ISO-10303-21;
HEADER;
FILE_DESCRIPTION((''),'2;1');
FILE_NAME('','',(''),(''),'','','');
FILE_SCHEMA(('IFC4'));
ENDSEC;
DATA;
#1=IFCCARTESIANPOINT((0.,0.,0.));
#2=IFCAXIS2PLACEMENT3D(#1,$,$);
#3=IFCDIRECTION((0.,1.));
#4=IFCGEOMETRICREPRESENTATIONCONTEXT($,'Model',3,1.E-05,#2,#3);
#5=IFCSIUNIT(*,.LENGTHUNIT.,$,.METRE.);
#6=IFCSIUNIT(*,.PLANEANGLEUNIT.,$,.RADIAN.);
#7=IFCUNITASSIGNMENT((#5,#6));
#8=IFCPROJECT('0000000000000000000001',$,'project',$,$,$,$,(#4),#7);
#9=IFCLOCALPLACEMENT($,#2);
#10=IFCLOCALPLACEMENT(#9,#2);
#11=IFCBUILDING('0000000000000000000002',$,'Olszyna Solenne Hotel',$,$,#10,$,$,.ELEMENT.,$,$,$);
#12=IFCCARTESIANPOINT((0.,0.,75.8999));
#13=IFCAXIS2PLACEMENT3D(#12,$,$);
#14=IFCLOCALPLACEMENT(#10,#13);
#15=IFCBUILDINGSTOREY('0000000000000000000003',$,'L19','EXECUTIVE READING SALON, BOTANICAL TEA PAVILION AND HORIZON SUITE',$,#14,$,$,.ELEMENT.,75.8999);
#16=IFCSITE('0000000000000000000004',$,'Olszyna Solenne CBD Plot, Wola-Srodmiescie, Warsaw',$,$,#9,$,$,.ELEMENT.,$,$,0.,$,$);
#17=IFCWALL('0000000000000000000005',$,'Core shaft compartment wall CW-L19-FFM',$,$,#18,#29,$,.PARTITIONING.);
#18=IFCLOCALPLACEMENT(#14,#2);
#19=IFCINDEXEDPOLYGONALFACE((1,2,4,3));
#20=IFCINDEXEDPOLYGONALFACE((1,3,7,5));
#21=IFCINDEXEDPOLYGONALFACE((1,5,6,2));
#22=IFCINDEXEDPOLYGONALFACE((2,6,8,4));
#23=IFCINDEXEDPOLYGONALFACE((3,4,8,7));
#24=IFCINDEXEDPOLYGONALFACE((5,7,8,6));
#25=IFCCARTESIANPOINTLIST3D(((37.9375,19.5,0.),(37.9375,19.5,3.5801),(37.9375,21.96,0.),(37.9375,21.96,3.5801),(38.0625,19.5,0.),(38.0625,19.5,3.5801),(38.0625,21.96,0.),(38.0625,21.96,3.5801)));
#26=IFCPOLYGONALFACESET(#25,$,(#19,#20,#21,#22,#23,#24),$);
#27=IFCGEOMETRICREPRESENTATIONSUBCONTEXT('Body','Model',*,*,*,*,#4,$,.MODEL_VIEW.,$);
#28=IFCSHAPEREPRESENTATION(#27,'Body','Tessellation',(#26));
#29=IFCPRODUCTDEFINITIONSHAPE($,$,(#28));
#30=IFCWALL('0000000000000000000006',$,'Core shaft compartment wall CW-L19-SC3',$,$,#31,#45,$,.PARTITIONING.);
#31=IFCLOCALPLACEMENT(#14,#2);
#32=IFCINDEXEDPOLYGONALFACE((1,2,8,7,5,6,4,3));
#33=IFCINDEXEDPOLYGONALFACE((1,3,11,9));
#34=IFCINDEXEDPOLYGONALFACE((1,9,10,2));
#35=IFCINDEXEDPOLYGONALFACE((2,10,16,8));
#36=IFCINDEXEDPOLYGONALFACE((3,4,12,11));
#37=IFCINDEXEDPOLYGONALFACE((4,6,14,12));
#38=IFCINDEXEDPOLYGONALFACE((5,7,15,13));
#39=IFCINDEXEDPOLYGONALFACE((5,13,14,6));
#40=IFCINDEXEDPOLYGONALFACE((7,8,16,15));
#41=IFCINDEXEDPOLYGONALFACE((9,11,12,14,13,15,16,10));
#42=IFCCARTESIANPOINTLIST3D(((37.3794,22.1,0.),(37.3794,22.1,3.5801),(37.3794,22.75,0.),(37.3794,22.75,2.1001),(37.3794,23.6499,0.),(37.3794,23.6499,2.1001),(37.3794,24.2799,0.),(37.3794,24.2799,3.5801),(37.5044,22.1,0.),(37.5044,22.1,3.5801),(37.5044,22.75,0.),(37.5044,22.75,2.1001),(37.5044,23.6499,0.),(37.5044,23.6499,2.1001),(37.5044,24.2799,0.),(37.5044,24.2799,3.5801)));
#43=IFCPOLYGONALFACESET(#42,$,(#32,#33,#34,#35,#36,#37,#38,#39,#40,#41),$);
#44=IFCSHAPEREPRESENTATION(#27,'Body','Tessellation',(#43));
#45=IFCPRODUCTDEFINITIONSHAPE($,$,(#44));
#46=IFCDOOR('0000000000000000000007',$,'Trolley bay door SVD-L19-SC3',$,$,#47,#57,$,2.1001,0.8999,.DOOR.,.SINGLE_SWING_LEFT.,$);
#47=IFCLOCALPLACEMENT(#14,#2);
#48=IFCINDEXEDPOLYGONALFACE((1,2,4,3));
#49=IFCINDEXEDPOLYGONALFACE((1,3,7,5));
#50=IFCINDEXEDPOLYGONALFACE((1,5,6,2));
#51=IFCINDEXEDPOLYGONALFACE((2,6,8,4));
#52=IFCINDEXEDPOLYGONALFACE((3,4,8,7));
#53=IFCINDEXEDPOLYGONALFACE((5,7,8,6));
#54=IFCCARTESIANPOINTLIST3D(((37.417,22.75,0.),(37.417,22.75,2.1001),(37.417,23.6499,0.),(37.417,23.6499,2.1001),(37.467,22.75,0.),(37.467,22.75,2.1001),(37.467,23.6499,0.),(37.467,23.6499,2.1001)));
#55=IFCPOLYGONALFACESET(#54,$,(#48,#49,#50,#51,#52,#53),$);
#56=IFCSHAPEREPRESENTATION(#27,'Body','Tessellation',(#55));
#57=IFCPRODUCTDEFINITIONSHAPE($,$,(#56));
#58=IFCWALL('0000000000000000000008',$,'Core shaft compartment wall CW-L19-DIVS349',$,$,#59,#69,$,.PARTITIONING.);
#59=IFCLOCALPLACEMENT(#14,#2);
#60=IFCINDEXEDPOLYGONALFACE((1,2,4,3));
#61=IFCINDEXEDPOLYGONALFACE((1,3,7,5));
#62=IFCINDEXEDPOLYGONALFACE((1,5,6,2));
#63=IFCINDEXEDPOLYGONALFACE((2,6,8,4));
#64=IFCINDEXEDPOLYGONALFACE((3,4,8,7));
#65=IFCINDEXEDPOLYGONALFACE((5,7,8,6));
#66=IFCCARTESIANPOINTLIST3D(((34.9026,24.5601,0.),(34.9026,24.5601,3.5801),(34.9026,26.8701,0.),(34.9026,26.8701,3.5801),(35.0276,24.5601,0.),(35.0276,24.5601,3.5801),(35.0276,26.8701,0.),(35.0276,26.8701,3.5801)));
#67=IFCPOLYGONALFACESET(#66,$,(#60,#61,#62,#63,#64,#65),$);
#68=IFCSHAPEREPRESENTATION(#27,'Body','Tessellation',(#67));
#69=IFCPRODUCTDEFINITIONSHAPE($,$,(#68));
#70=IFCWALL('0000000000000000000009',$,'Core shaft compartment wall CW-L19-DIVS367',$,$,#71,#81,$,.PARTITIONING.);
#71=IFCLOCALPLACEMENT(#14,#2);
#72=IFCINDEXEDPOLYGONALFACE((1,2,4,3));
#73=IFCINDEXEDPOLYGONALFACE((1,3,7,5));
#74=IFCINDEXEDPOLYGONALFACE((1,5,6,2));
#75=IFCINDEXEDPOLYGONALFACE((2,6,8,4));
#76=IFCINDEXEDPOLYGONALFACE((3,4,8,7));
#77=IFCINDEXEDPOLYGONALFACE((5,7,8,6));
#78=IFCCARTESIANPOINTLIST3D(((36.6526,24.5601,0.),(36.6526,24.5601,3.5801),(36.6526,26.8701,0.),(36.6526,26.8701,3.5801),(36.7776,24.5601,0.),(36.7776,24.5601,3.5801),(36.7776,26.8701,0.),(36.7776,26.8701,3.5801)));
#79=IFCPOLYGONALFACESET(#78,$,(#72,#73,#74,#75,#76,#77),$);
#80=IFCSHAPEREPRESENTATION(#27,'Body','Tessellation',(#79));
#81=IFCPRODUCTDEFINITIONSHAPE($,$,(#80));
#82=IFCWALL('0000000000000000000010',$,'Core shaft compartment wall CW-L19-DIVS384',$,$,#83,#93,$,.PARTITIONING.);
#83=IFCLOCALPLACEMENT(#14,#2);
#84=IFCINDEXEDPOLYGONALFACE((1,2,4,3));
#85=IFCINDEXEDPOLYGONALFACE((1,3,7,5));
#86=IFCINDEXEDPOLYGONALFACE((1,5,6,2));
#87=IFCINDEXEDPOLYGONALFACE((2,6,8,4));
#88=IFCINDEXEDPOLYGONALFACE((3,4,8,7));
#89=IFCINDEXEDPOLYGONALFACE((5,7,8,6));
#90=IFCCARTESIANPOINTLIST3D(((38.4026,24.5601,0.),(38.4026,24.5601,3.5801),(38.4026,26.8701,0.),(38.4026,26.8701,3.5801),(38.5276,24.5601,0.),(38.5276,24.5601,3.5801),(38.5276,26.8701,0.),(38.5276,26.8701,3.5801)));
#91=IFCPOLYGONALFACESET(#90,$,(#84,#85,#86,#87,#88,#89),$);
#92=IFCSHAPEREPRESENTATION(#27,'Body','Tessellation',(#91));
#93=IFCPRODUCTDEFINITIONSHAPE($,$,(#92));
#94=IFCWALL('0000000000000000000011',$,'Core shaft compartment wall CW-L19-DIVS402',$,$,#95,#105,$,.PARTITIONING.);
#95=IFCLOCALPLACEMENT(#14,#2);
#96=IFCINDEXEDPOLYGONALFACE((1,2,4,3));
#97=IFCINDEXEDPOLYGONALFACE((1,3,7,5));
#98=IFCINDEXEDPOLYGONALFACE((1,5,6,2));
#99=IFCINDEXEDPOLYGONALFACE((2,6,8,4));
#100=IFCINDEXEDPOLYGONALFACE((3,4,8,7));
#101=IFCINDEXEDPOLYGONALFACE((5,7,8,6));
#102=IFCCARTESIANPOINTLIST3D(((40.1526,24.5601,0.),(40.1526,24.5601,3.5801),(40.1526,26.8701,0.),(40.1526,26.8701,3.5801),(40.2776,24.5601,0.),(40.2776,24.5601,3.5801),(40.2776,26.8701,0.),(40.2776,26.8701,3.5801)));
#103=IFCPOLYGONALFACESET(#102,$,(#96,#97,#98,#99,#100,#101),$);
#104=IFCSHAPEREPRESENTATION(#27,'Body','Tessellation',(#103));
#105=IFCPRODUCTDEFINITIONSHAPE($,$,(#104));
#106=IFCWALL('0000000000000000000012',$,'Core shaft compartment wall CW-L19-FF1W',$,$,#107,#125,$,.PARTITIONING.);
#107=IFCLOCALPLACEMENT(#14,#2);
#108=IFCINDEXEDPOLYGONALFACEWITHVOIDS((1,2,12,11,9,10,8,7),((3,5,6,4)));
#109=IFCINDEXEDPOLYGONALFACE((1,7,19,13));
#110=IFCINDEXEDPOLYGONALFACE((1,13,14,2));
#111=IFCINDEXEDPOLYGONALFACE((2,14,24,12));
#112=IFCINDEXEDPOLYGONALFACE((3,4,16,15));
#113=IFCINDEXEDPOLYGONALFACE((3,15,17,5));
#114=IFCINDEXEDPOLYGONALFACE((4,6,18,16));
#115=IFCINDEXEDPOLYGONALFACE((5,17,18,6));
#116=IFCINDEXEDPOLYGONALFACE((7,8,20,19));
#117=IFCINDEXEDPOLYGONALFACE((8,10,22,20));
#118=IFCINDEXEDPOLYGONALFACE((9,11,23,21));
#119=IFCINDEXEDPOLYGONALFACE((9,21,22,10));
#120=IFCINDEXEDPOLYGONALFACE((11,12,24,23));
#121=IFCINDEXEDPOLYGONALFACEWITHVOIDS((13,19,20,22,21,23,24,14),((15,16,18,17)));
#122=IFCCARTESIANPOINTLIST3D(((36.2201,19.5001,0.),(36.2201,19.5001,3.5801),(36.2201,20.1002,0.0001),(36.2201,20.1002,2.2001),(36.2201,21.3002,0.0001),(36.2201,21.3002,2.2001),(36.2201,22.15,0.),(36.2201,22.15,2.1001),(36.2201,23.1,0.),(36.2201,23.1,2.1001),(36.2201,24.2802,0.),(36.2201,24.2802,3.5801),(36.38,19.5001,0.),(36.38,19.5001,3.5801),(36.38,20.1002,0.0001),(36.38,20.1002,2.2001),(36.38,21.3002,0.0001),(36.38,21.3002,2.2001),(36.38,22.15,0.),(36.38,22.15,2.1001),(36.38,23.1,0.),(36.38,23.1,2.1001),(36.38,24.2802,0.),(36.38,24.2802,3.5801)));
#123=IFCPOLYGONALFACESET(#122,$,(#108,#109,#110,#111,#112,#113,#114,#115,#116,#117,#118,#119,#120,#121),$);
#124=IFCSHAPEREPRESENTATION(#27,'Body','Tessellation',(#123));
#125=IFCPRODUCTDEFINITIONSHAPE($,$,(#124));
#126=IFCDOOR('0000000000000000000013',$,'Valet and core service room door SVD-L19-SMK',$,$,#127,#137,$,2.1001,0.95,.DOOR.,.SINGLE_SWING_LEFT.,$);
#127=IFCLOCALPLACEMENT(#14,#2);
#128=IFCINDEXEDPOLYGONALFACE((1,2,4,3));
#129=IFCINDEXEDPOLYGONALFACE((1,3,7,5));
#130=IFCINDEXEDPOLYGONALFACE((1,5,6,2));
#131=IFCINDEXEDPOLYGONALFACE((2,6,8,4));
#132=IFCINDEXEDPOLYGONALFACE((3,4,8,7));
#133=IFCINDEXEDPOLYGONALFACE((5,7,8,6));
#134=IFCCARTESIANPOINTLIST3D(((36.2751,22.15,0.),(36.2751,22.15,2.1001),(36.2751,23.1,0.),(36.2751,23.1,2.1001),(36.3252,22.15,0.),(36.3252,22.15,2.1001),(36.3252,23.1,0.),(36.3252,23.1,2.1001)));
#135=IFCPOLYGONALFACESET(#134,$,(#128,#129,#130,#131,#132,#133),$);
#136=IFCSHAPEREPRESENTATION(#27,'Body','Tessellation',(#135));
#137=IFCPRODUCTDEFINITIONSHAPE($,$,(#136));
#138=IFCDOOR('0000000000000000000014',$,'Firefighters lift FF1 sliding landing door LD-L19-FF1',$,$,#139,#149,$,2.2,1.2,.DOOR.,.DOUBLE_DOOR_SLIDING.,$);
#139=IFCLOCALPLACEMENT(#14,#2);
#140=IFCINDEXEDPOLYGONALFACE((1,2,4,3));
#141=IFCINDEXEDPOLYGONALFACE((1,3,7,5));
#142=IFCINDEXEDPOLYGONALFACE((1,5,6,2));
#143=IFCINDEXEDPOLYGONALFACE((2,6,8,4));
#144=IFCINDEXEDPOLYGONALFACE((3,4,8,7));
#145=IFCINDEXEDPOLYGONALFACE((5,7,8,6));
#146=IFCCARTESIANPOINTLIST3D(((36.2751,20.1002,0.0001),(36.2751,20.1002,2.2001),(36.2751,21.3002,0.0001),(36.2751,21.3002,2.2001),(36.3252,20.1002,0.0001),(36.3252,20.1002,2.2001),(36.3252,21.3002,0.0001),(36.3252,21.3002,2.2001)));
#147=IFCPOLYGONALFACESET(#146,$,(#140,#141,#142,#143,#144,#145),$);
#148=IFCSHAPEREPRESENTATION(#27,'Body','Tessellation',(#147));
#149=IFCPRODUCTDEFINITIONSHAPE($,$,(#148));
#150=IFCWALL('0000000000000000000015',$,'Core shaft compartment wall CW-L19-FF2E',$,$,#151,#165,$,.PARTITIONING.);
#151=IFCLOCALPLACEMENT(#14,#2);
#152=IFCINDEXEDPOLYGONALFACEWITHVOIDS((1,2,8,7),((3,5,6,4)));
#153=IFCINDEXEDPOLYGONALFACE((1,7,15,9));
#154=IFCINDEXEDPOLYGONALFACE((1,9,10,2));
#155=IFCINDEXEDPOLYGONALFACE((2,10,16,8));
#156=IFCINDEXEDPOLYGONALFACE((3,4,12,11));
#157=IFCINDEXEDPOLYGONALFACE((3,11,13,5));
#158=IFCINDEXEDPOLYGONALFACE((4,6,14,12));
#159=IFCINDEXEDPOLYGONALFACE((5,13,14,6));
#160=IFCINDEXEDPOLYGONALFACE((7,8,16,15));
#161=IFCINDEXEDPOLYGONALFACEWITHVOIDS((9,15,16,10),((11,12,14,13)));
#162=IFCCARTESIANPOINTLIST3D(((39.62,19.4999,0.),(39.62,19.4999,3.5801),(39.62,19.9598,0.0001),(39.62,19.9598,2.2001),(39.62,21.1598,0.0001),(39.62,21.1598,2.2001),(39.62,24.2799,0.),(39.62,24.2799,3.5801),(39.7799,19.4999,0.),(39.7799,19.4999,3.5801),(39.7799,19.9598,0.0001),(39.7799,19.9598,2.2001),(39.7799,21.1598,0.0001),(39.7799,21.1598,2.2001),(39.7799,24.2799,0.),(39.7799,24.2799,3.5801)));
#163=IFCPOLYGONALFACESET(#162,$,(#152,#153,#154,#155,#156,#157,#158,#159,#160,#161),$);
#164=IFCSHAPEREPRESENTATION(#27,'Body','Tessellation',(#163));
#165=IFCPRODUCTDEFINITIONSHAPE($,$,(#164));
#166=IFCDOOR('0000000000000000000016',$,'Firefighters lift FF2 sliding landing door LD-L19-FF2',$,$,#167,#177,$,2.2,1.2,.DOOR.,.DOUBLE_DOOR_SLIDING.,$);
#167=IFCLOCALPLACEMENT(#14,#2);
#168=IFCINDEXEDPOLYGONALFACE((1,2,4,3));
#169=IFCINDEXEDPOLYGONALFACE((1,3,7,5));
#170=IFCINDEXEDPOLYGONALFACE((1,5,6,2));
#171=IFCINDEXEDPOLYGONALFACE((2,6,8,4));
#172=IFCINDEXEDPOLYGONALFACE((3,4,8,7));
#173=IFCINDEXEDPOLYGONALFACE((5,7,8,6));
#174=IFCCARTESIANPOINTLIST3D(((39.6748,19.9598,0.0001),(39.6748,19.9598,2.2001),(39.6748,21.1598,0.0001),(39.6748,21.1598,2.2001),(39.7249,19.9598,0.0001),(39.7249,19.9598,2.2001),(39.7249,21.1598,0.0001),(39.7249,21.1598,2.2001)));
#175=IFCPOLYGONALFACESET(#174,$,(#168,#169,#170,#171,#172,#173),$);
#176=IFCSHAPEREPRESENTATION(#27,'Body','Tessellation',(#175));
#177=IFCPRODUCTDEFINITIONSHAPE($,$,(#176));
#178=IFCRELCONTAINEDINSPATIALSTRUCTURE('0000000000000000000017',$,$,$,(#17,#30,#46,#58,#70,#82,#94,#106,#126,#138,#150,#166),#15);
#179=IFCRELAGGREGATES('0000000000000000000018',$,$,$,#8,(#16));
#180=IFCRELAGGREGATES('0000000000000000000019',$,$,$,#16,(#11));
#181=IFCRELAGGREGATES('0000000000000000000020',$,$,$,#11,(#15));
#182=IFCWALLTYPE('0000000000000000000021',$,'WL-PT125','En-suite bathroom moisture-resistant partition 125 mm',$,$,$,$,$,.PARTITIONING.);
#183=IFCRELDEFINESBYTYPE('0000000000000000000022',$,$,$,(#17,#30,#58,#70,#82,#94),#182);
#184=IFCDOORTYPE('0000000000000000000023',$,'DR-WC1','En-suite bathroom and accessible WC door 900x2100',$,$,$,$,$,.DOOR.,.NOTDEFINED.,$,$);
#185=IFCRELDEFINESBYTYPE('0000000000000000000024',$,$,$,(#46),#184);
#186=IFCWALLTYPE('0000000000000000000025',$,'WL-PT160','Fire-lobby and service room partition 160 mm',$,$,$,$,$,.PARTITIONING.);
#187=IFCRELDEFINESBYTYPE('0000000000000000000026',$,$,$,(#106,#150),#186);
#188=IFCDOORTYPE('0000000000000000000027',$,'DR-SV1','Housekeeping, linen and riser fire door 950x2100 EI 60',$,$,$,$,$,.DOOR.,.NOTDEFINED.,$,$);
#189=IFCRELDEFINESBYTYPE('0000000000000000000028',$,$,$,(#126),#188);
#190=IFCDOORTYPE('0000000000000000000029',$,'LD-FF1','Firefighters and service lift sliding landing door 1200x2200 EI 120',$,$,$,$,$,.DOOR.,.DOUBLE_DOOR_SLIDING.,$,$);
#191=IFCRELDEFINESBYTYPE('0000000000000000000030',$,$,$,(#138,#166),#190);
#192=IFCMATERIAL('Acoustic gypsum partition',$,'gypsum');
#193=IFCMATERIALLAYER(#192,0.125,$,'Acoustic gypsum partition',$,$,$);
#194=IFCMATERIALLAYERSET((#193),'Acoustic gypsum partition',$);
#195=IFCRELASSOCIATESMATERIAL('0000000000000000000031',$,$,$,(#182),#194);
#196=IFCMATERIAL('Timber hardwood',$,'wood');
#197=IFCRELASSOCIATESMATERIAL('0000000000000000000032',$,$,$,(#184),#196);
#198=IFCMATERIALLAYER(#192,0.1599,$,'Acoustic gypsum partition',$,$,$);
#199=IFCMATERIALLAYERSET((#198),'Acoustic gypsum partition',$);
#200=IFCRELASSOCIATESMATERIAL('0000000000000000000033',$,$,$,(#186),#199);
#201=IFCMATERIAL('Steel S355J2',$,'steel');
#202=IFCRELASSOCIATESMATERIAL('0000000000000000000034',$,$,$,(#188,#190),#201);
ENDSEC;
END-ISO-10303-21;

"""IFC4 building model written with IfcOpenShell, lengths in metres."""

from ifc_helpers import new_model, si_unit, direction, frame, frame_2d, origin, place, context, subcontext, project, spatial, rectangle, extrude, source, transform, mapped, material, layer, layer_set, type_object, type_shapes, element, fill, save


model = new_model("IFC4")

# Units and contexts
model_context = context("Model", 3, precision=1e-05, world=origin(), true_north=direction((0.0, 1.0)))
body_context = subcontext(model_context, "Body", "Model", "MODEL_VIEW")
ifc_project = project(units=[si_unit("LENGTHUNIT", "METRE"), si_unit("PLANEANGLEUNIT", "RADIAN")], contexts=[model_context])

# Site, building, storey
site_placement = place(None, origin())
site = spatial("IfcSite", under=ifc_project, at=site_placement, Name="Olszyna Solenne CBD Plot, Wola-Srodmiescie, Warsaw", CompositionType="ELEMENT", RefElevation=0.0)
building_placement = place(site_placement, origin())
building = spatial("IfcBuilding", under=site, at=building_placement, Name="Olszyna Solenne Hotel", CompositionType="ELEMENT")
storey_placement = place(building_placement, frame((0.0, 0.0, 75.8999)))
storey = spatial("IfcBuildingStorey", under=building, at=storey_placement, Name="L19", Description="EXECUTIVE READING SALON, BOTANICAL TEA PAVILION AND HORIZON SUITE", CompositionType="ELEMENT", Elevation=75.8999)

# Wall
ifc_material_1 = material(Name="Acoustic gypsum partition", Category="gypsum")
ifc_layer_1 = layer(ifc_material_1, 0.125, Name="Acoustic gypsum partition")
ifc_layer_set_1 = layer_set([ifc_layer_1], Name="Acoustic gypsum partition")
wall_type_1 = type_object("IfcWallType", Name="WL-PT125", Description="En-suite bathroom moisture-resistant partition 125 mm", PredefinedType="PARTITIONING", material=ifc_layer_set_1)
wall_1_placement = place(storey_placement, frame((38.0, 19.5, 0.0), z_axis=(0.0, 0.0, 1.0), x_axis=(0.0, 1.0, 0.0)))
element("IfcWall", 1, at=wall_1_placement, inside=storey, type_object=wall_type_1, Name="Core shaft compartment wall CW-L19-FFM", PredefinedType="PARTITIONING", context=body_context, shape_type="SweptSolid", body=[
    extrude(rectangle(XDim=2.46, YDim=0.125, at=frame_2d((1.23, 0.0))), origin(), (0.0, 0.0, 1.0), 3.5801),
])

# Wall, opening, door
wall_2_placement = place(storey_placement, frame((37.4419, 22.1001, 0.0), z_axis=(0.0, 0.0, 1.0), x_axis=(0.0, 1.0, 0.0)))
wall_2 = element("IfcWall", 2, at=wall_2_placement, inside=storey, type_object=wall_type_1, Name="Core shaft compartment wall CW-L19-SC3", PredefinedType="PARTITIONING", context=body_context, shape_type="SweptSolid", body=[
    extrude(rectangle(XDim=2.1799, YDim=0.125, at=frame_2d((1.0898, 0.0))), origin(), (0.0, 0.0, 1.0), 3.5801),
])
opening_1_placement = place(wall_2_placement, frame((0.6499, 0.0, 0.0)))
opening_1 = element("IfcOpeningElement", 3, at=opening_1_placement, cuts=wall_2, PredefinedType="OPENING", context=body_context, shape_type="SweptSolid", body=[
    extrude(rectangle(XDim=0.8999, YDim=2.1001, at=frame_2d((0.45, 1.05))), frame((0.0, 0.0725, 0.0), z_axis=(0.0, -1.0, 0.0), x_axis=(1.0, 0.0, 0.0)), (0.0, 0.0, 1.0), 0.145),
])
ifc_material_2 = material(Name="Timber hardwood", Category="wood")
door_type_1 = type_object("IfcDoorType", Name="DR-WC1", Description="En-suite bathroom and accessible WC door 900x2100", OperationType="NOTDEFINED", PredefinedType="DOOR", material=ifc_material_2)
shared_shape_1 = source(origin(), body_context, "Body", "SweptSolid", [
    extrude(rectangle(XDim=0.8999, YDim=2.1001, at=frame_2d((0.45, 1.05))), frame((0.0, 0.0249, 0.0), z_axis=(0.0, -1.0, 0.0), x_axis=(1.0, 0.0, 0.0)), (0.0, 0.0, 1.0), 0.05),
])
type_shapes(door_type_1, [shared_shape_1])
door_1_placement = place(opening_1_placement, origin())
door_1 = element("IfcDoor", 4, at=door_1_placement, inside=storey, type_object=door_type_1, Name="Trolley bay door SVD-L19-SC3", OperationType="SINGLE_SWING_LEFT", OverallHeight=2.1001, OverallWidth=0.8999, PredefinedType="DOOR", context=body_context, shape_type="MappedRepresentation", body=[
    mapped(shared_shape_1, transform((0.0, 0.0, 0.0), x_axis=(1.0, 0.0, 0.0), y_axis=(0.0, 1.0, 0.0), z_axis=(0.0, 0.0, 1.0), scale=1.0)),
])
fill(opening_1, door_1)

# Walls
for number, where, z_axis, x_axis, name in (
    (5, (34.9651, 24.5601, 0.0), (0.0, 0.0, 1.0), (0.0, 1.0, 0.0), "Core shaft compartment wall CW-L19-DIVS349"),
    (6, (36.7151, 24.5601, 0.0), (0.0, 0.0, 1.0), (0.0, 1.0, 0.0), "Core shaft compartment wall CW-L19-DIVS367"),
    (7, (38.4651, 24.5601, 0.0), (0.0, 0.0, 1.0), (0.0, 1.0, 0.0), "Core shaft compartment wall CW-L19-DIVS384"),
    (8, (40.2151, 24.5601, 0.0), (0.0, 0.0, 1.0), (0.0, 1.0, 0.0), "Core shaft compartment wall CW-L19-DIVS402"),
):
    element("IfcWall", number, at=place(storey_placement, frame(where, z_axis=z_axis, x_axis=x_axis)), inside=storey, type_object=wall_type_1, Name=name, PredefinedType="PARTITIONING", context=body_context, shape_type="SweptSolid", body=[
        extrude(rectangle(XDim=2.3101, YDim=0.125, at=frame_2d((1.155, 0.0))), origin(), (0.0, 0.0, 1.0), 3.5801),
    ])

# Wall, openings, doors
ifc_layer_2 = layer(ifc_material_1, 0.1599, Name="Acoustic gypsum partition")
ifc_layer_set_2 = layer_set([ifc_layer_2], Name="Acoustic gypsum partition")
wall_type_2 = type_object("IfcWallType", Name="WL-PT160", Description="Fire-lobby and service room partition 160 mm", PredefinedType="PARTITIONING", material=ifc_layer_set_2)
wall_3_placement = place(storey_placement, frame((36.3, 19.5, 0.0), z_axis=(0.0, 0.0, 1.0), x_axis=(0.0, 1.0, 0.0)))
wall_3 = element("IfcWall", 9, at=wall_3_placement, inside=storey, type_object=wall_type_2, Name="Core shaft compartment wall CW-L19-FF1W", PredefinedType="PARTITIONING", context=body_context, shape_type="SweptSolid", body=[
    extrude(rectangle(XDim=4.78, YDim=0.1599, at=frame_2d((2.3901, 0.0))), origin(), (0.0, 0.0, 1.0), 3.5801),
])
opening_2_placement = place(wall_3_placement, frame((0.6001, 0.0, 0.0)))
opening_2 = element("IfcOpeningElement", 10, at=opening_2_placement, cuts=wall_3, PredefinedType="OPENING", context=body_context, shape_type="SweptSolid", body=[
    extrude(rectangle(XDim=1.2, YDim=2.2, at=frame_2d((0.6001, 1.1001))), frame((0.0, 0.0898, 0.0), z_axis=(0.0, -1.0, 0.0), x_axis=(1.0, 0.0, 0.0)), (0.0, 0.0, 1.0), 0.1799),
])
opening_3_placement = place(wall_3_placement, frame((2.6499, 0.0, 0.0)))
opening_3 = element("IfcOpeningElement", 11, at=opening_3_placement, cuts=wall_3, PredefinedType="OPENING", context=body_context, shape_type="SweptSolid", body=[
    extrude(rectangle(XDim=0.95, YDim=2.1001, at=frame_2d((0.4751, 1.05))), frame((0.0, 0.0898, 0.0), z_axis=(0.0, -1.0, 0.0), x_axis=(1.0, 0.0, 0.0)), (0.0, 0.0, 1.0), 0.1799),
])
ifc_material_3 = material(Name="Steel S355J2", Category="steel")
door_type_2 = type_object("IfcDoorType", Name="DR-SV1", Description="Housekeeping, linen and riser fire door 950x2100 EI 60", OperationType="NOTDEFINED", PredefinedType="DOOR", material=ifc_material_3)
shared_shape_2 = source(origin(), body_context, "Body", "SweptSolid", [
    extrude(rectangle(XDim=0.95, YDim=2.1001, at=frame_2d((0.4751, 1.05))), frame((0.0, 0.0249, 0.0), z_axis=(0.0, -1.0, 0.0), x_axis=(1.0, 0.0, 0.0)), (0.0, 0.0, 1.0), 0.05),
])
type_shapes(door_type_2, [shared_shape_2])
door_2_placement = place(opening_3_placement, origin())
door_2 = element("IfcDoor", 12, at=door_2_placement, inside=storey, type_object=door_type_2, Name="Valet and core service room door SVD-L19-SMK", OperationType="SINGLE_SWING_LEFT", OverallHeight=2.1001, OverallWidth=0.95, PredefinedType="DOOR", context=body_context, shape_type="MappedRepresentation", body=[
    mapped(shared_shape_2, transform((0.0, 0.0, 0.0), x_axis=(1.0, 0.0, 0.0), y_axis=(0.0, 1.0, 0.0), z_axis=(0.0, 0.0, 1.0), scale=1.0)),
])
fill(opening_3, door_2)
door_type_3 = type_object("IfcDoorType", Name="LD-FF1", Description="Firefighters and service lift sliding landing door 1200x2200 EI 120", OperationType="DOUBLE_DOOR_SLIDING", PredefinedType="DOOR", material=ifc_material_3)
shared_shape_3 = source(origin(), body_context, "Body", "SweptSolid", [
    extrude(rectangle(XDim=1.2, YDim=2.2, at=frame_2d((0.6001, 1.1001))), frame((0.0, 0.0249, 0.0), z_axis=(0.0, -1.0, 0.0), x_axis=(1.0, 0.0, 0.0)), (0.0, 0.0, 1.0), 0.05),
])
type_shapes(door_type_3, [shared_shape_3])
door_3_placement = place(opening_2_placement, origin())
door_3 = element("IfcDoor", 13, at=door_3_placement, inside=storey, type_object=door_type_3, Name="Firefighters lift FF1 sliding landing door LD-L19-FF1", OperationType="DOUBLE_DOOR_SLIDING", OverallHeight=2.2, OverallWidth=1.2, PredefinedType="DOOR", context=body_context, shape_type="MappedRepresentation", body=[
    mapped(shared_shape_3, transform((0.0, 0.0, 0.0), x_axis=(1.0, 0.0, 0.0), y_axis=(0.0, 1.0, 0.0), z_axis=(0.0, 0.0, 1.0), scale=1.0)),
])
fill(opening_2, door_3)

# Wall, opening, door
wall_4_placement = place(storey_placement, frame((39.7, 24.28, 0.0), z_axis=(0.0, 0.0, 1.0), x_axis=(0.0, -1.0, 0.0)))
wall_4 = element("IfcWall", 14, at=wall_4_placement, inside=storey, type_object=wall_type_2, Name="Core shaft compartment wall CW-L19-FF2E", PredefinedType="PARTITIONING", context=body_context, shape_type="SweptSolid", body=[
    extrude(rectangle(XDim=4.78, YDim=0.1599, at=frame_2d((2.3901, 0.0))), origin(), (0.0, 0.0, 1.0), 3.5801),
])
opening_4_placement = place(wall_4_placement, frame((3.1201, 0.0, 0.0)))
opening_4 = element("IfcOpeningElement", 15, at=opening_4_placement, cuts=wall_4, PredefinedType="OPENING", context=body_context, shape_type="SweptSolid", body=[
    extrude(rectangle(XDim=1.2, YDim=2.2, at=frame_2d((0.6001, 1.1001))), frame((0.0, 0.0898, 0.0), z_axis=(0.0, -1.0, 0.0), x_axis=(1.0, 0.0, 0.0)), (0.0, 0.0, 1.0), 0.1799),
])
door_4_placement = place(opening_4_placement, origin())
door_4 = element("IfcDoor", 16, at=door_4_placement, inside=storey, type_object=door_type_3, Name="Firefighters lift FF2 sliding landing door LD-L19-FF2", OperationType="DOUBLE_DOOR_SLIDING", OverallHeight=2.2, OverallWidth=1.2, PredefinedType="DOOR", context=body_context, shape_type="MappedRepresentation", body=[
    mapped(shared_shape_3, transform((0.0, 0.0, 0.0), x_axis=(1.0, 0.0, 0.0), y_axis=(0.0, 1.0, 0.0), z_axis=(0.0, 0.0, 1.0), scale=1.0)),
])
fill(opening_4, door_4)

save(model, "model.ifc")
